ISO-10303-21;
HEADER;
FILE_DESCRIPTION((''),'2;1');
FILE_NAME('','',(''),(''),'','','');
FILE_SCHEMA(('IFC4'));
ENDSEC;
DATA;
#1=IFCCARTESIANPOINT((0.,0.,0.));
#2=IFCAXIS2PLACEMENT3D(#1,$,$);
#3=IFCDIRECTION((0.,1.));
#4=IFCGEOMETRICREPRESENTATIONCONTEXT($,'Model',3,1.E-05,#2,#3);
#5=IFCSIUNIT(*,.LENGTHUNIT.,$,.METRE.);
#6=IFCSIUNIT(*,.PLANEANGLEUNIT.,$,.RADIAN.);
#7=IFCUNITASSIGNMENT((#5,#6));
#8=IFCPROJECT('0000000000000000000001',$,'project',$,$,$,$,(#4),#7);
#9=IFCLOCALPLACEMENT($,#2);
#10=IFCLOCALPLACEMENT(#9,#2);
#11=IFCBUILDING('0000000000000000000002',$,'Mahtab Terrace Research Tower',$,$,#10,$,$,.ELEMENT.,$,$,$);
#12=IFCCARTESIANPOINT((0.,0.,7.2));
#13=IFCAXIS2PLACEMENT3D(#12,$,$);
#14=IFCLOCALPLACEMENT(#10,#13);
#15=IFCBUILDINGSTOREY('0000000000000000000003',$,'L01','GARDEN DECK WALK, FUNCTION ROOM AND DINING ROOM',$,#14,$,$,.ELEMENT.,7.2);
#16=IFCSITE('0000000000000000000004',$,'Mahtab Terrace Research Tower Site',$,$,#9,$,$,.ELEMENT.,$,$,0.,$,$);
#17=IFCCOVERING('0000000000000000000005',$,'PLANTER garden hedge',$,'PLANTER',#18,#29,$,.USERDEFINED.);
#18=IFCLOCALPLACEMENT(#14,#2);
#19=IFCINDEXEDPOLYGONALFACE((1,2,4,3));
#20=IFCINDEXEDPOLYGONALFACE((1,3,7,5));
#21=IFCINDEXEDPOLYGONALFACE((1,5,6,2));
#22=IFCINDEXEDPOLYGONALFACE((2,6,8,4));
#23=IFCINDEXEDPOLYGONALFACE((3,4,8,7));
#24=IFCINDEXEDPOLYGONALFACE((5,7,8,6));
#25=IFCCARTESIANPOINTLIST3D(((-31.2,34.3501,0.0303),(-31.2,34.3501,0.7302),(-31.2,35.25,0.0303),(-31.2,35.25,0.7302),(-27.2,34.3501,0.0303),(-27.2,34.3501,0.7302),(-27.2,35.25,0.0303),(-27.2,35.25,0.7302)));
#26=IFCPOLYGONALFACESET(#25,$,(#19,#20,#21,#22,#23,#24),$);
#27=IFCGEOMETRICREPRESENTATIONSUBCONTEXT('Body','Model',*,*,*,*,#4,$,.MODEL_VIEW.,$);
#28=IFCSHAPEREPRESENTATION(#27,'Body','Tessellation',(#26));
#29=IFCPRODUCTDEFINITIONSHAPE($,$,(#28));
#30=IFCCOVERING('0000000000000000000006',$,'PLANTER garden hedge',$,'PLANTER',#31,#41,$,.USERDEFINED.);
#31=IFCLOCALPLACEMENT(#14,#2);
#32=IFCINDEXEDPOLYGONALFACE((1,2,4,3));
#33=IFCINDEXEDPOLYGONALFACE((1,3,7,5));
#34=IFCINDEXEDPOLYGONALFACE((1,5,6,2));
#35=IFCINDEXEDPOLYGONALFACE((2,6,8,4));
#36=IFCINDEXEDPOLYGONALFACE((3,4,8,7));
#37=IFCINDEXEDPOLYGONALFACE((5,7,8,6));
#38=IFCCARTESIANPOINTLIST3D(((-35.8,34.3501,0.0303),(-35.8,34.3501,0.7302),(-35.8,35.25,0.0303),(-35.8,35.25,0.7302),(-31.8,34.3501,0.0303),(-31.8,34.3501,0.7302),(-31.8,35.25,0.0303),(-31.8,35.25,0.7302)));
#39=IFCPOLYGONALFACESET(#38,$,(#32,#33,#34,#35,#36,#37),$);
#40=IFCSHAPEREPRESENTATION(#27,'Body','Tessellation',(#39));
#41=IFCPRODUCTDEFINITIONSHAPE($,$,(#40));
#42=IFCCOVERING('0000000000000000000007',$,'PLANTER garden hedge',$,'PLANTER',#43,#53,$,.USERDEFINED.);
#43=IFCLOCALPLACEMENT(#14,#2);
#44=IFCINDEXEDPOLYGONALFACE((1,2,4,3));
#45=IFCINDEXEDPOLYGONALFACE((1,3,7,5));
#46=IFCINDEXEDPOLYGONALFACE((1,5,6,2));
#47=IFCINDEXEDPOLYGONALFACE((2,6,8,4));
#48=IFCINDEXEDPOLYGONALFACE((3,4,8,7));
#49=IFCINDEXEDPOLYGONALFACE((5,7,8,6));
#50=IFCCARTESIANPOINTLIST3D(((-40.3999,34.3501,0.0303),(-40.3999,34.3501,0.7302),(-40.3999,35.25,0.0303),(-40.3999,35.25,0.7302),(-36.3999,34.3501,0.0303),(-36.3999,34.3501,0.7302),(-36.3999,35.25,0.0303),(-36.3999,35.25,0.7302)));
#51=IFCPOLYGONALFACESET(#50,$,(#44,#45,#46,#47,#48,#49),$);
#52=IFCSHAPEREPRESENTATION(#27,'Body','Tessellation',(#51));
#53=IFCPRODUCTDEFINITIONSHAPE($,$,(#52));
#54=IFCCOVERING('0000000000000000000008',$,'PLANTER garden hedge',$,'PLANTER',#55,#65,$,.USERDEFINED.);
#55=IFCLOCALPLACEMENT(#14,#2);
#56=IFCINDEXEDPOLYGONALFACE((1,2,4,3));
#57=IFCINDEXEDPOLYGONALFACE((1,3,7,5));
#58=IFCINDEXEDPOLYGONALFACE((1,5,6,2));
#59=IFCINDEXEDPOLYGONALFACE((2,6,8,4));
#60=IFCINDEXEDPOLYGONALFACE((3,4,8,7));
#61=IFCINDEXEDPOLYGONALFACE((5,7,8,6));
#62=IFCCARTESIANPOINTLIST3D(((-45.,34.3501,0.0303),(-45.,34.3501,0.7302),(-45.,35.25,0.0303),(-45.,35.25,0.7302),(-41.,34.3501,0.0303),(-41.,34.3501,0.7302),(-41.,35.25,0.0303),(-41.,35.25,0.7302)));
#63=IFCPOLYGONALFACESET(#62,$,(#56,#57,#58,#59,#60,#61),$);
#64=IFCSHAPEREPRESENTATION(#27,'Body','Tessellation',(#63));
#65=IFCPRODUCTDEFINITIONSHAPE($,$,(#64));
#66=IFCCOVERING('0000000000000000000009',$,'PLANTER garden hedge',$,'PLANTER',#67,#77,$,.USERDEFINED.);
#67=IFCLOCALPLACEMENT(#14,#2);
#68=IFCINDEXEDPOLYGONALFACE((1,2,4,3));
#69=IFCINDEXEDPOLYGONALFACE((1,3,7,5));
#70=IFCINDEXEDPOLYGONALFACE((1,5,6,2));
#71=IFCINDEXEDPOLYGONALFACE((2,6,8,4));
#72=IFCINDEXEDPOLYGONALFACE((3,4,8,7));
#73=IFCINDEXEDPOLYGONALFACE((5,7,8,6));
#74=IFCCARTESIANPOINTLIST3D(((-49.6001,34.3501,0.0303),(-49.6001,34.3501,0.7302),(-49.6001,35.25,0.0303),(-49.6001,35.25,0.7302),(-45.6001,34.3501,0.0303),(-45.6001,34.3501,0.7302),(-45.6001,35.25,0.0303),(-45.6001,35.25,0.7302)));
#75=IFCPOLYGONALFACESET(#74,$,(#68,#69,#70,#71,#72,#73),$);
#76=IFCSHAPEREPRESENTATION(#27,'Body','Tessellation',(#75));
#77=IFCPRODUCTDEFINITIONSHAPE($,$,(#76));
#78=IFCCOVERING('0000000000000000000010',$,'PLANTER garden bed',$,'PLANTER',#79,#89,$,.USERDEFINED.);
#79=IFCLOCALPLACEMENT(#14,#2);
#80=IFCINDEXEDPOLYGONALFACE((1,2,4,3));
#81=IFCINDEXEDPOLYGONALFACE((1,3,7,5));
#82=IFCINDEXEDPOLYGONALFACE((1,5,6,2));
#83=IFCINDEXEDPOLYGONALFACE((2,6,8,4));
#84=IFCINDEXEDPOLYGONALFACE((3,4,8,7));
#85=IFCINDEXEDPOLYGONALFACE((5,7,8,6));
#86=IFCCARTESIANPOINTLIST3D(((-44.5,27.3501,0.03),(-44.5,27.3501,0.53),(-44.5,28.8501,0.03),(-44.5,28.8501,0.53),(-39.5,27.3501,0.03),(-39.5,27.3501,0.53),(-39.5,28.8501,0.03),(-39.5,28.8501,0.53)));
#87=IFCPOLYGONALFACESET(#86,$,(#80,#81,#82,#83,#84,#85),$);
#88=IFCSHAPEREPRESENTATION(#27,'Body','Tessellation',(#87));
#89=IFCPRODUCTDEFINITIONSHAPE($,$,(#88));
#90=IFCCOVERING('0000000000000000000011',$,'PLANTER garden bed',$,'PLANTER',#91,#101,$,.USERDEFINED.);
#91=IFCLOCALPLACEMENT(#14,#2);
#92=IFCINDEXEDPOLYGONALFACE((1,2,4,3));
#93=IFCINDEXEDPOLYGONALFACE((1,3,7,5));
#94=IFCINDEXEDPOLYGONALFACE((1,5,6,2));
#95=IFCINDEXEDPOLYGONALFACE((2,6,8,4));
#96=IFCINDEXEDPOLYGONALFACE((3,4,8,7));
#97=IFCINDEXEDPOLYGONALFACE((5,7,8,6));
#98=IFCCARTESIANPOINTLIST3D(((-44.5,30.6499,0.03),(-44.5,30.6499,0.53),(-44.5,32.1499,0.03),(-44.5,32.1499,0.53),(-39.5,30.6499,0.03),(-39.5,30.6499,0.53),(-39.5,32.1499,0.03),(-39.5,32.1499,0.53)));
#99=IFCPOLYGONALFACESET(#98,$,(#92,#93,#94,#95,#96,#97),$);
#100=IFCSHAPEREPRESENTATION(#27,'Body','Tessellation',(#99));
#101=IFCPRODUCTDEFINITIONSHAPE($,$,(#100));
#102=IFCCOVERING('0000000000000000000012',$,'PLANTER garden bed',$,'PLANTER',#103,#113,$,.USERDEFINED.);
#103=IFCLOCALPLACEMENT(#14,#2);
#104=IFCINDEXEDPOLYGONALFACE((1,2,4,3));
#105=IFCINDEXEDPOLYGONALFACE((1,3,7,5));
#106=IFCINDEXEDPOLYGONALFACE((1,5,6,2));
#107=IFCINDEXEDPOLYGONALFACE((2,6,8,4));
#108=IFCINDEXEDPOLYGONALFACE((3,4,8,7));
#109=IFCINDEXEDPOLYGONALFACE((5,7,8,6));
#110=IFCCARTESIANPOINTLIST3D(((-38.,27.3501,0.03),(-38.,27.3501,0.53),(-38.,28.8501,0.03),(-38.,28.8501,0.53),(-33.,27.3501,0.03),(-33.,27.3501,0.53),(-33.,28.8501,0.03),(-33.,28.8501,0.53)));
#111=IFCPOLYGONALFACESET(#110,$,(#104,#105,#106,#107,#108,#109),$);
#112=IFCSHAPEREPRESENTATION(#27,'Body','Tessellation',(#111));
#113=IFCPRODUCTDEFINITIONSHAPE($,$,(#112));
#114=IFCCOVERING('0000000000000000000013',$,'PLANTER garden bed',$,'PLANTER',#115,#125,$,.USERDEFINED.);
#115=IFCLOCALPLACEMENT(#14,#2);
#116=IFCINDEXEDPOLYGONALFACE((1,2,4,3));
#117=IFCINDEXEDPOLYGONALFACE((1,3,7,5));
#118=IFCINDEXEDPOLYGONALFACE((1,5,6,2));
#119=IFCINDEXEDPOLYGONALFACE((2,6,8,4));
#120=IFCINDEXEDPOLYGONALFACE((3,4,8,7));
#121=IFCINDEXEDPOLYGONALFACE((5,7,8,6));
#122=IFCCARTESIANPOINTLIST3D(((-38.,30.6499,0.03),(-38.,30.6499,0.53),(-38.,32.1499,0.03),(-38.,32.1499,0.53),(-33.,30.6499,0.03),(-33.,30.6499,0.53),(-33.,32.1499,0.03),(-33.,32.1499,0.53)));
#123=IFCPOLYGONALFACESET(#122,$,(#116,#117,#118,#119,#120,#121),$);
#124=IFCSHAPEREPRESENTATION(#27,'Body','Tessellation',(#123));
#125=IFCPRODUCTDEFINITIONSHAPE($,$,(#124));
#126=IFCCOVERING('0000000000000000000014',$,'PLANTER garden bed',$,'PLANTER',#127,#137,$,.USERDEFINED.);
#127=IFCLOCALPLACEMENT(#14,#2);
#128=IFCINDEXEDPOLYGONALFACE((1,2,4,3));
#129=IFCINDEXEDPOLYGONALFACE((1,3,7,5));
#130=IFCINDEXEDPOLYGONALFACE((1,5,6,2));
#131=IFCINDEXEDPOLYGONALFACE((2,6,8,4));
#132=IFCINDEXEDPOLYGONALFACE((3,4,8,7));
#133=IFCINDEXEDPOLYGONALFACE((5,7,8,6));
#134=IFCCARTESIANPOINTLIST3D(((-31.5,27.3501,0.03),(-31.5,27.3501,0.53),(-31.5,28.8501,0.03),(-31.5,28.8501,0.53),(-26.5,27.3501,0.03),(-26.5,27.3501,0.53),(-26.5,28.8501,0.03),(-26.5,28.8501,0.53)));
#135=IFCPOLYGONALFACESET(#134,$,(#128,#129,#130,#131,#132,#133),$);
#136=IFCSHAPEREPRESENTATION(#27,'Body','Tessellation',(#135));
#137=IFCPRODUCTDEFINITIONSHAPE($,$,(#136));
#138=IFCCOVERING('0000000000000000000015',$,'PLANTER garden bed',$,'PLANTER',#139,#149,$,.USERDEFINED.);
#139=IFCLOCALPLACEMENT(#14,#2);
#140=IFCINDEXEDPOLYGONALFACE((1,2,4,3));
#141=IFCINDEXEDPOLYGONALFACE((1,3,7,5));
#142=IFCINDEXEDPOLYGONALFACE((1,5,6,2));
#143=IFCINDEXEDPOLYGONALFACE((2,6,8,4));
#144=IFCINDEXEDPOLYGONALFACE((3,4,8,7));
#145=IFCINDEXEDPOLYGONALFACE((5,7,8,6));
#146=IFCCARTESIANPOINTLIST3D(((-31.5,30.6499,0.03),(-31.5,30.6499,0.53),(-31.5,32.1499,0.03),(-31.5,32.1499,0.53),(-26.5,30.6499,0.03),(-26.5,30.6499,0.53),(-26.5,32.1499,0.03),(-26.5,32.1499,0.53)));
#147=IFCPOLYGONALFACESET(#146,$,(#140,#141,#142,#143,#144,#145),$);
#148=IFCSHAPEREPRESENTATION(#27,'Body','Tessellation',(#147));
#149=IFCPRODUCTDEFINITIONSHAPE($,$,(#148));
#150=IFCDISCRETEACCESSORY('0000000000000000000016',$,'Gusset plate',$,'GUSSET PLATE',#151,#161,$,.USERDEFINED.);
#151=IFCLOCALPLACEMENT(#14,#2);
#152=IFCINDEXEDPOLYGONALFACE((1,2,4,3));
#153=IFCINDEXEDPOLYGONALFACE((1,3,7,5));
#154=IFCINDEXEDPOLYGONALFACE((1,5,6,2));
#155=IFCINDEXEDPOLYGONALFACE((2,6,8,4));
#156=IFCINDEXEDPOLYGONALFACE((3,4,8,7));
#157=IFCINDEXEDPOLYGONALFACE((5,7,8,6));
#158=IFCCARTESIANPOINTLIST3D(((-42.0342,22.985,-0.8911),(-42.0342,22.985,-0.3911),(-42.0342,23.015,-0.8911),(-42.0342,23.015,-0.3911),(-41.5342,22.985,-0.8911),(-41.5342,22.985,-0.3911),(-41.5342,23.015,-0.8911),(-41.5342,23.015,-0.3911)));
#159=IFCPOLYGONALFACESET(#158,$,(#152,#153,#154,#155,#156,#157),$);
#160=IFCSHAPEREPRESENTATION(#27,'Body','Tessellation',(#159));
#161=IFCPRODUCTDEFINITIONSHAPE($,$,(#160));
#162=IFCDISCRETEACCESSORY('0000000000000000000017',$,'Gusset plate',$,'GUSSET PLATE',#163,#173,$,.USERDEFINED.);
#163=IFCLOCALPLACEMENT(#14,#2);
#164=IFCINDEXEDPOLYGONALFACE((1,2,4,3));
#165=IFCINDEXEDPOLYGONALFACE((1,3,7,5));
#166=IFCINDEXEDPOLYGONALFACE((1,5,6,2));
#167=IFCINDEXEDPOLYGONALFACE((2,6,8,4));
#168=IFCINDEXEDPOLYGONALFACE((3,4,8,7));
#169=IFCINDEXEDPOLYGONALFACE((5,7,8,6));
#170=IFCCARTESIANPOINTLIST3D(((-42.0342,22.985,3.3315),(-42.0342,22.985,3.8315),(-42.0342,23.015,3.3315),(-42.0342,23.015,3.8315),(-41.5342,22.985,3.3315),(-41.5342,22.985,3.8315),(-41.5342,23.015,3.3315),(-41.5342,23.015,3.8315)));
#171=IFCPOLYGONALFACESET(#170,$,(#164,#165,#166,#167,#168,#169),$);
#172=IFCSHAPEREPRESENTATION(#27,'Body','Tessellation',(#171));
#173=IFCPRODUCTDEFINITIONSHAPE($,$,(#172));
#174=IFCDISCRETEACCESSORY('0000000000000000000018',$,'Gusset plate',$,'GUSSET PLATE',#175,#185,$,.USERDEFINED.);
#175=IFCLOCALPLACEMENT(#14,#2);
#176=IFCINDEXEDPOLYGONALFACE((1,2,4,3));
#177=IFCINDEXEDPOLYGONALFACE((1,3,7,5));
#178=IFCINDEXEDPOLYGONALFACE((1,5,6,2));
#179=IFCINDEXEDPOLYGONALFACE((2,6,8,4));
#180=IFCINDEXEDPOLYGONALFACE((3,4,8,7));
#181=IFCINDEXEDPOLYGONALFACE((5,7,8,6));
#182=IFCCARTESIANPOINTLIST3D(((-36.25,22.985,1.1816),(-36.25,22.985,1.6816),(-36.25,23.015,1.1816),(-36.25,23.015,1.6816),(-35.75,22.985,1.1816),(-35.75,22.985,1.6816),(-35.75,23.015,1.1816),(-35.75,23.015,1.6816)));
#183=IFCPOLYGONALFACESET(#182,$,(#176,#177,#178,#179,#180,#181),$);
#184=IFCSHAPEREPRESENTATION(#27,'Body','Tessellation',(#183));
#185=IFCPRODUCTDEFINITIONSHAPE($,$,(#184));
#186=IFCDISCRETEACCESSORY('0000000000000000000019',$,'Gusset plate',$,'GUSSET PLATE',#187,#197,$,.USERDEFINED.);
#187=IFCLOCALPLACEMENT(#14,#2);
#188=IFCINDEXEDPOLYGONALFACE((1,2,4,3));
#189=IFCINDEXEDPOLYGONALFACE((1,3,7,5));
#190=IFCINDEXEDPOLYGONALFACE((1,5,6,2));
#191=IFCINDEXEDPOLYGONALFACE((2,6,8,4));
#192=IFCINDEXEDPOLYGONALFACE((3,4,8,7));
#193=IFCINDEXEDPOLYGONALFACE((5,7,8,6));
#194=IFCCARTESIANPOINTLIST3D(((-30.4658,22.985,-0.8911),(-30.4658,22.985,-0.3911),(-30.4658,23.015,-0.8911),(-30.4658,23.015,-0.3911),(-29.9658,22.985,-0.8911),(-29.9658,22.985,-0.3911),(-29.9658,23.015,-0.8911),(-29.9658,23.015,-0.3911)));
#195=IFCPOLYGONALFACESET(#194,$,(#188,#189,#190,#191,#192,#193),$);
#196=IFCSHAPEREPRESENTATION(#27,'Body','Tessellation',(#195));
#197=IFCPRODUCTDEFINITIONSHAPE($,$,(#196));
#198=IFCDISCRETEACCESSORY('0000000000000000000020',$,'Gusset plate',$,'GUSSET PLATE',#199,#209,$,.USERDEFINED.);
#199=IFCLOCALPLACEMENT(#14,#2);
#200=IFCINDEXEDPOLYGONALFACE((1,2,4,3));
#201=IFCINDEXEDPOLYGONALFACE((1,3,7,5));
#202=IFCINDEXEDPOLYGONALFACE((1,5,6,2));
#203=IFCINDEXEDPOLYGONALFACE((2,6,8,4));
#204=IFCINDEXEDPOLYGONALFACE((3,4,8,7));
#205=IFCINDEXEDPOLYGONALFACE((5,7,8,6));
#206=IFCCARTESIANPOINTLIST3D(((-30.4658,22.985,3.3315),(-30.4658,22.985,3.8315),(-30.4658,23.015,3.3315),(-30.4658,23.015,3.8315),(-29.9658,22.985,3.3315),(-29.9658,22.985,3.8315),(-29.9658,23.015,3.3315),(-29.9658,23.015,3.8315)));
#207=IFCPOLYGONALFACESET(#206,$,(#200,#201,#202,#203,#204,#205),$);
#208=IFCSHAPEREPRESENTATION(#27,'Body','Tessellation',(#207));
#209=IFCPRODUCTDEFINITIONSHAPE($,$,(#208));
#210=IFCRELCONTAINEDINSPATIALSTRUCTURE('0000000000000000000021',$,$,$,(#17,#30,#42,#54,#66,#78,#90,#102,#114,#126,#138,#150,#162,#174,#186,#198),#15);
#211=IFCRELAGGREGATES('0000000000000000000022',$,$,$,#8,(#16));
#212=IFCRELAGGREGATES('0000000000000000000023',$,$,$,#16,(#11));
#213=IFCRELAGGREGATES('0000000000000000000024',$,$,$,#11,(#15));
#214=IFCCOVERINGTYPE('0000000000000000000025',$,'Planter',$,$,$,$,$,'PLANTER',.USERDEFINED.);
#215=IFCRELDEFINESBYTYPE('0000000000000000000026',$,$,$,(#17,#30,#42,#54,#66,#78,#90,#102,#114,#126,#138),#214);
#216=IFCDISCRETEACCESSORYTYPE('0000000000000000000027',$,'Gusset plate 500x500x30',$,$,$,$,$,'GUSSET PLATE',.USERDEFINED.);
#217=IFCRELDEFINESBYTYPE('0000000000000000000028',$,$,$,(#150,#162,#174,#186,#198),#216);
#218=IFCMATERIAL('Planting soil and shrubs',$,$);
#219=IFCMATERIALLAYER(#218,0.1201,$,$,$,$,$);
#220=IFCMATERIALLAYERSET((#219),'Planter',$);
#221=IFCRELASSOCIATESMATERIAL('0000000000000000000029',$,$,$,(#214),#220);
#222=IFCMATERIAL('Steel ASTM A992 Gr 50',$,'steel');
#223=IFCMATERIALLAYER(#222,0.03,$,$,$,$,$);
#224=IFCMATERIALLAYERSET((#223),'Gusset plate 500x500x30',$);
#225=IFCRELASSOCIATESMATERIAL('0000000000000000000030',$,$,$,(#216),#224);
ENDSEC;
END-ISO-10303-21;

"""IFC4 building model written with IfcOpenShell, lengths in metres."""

from ifc_helpers import new_model, si_unit, direction, frame, origin, origin_2d, place, context, subcontext, project, spatial, rectangle, extrude, material, layer, layer_set, type_object, element, save


model = new_model("IFC4")

# Units and contexts
model_context = context("Model", 3, precision=1e-05, world=origin(), true_north=direction((0.0, 1.0)))
body_context = subcontext(model_context, "Body", "Model", "MODEL_VIEW")
ifc_project = project(units=[si_unit("LENGTHUNIT", "METRE"), si_unit("PLANEANGLEUNIT", "RADIAN")], contexts=[model_context])

# Site, building, storey
site_placement = place(None, origin())
site = spatial("IfcSite", under=ifc_project, at=site_placement, Name="Mahtab Terrace Research Tower Site", CompositionType="ELEMENT", RefElevation=0.0)
building_placement = place(site_placement, origin())
building = spatial("IfcBuilding", under=site, at=building_placement, Name="Mahtab Terrace Research Tower", CompositionType="ELEMENT")
storey_placement = place(building_placement, frame((0.0, 0.0, 7.2)))
storey = spatial("IfcBuildingStorey", under=building, at=storey_placement, Name="L01", Description="GARDEN DECK WALK, FUNCTION ROOM AND DINING ROOM", CompositionType="ELEMENT", Elevation=7.2)

# Shared definitions
ifc_material_1 = material(Name="Steel ASTM A992 Gr 50", Category="steel")

# Coverings
ifc_material_2 = material(Name="Planting soil and shrubs")
ifc_layer_1 = layer(ifc_material_2, 0.1201)
ifc_layer_set_1 = layer_set([ifc_layer_1], Name="Planter")
covering_type = type_object("IfcCoveringType", Name="Planter", ElementType="PLANTER", PredefinedType="USERDEFINED", material=ifc_layer_set_1)
for number, where, z_axis, x_axis, name in (
    (1, (-29.2, 34.8, 0.0303), (0.0, 0.0, 1.0), (-1.0, 0.0, 0.0), "PLANTER garden hedge"),
    (2, (-33.8, 34.8, 0.0303), (0.0, 0.0, 1.0), (-1.0, 0.0, 0.0), "PLANTER garden hedge"),
    (3, (-38.3999, 34.8, 0.0303), (0.0, 0.0, 1.0), (-1.0, 0.0, 0.0), "PLANTER garden hedge"),
    (4, (-43.0, 34.8, 0.0303), (0.0, 0.0, 1.0), (-1.0, 0.0, 0.0), "PLANTER garden hedge"),
    (5, (-47.6001, 34.8, 0.0303), (0.0, 0.0, 1.0), (-1.0, 0.0, 0.0), "PLANTER garden hedge"),
):
    element("IfcCovering", number, at=place(storey_placement, frame(where, z_axis=z_axis, x_axis=x_axis)), inside=storey, type_object=covering_type, Name=name, ObjectType="PLANTER", PredefinedType="USERDEFINED", context=body_context, shape_type="SweptSolid", body=[
        extrude(rectangle(XDim=4.0, YDim=0.8999, at=origin_2d()), origin(), (0.0, 0.0, 1.0), 0.7),
    ])
for number, where, z_axis, x_axis, name in (
    (6, (-42.0, 28.1001, 0.03), (0.0, 0.0, 1.0), (1.0, 0.0, 0.0), "PLANTER garden bed"),
    (7, (-42.0, 31.3999, 0.03), (0.0, 0.0, 1.0), (1.0, 0.0, 0.0), "PLANTER garden bed"),
    (8, (-35.5, 28.1001, 0.03), (0.0, 0.0, 1.0), (1.0, 0.0, 0.0), "PLANTER garden bed"),
    (9, (-35.5, 31.3999, 0.03), (0.0, 0.0, 1.0), (1.0, 0.0, 0.0), "PLANTER garden bed"),
    (10, (-29.0, 28.1001, 0.03), (0.0, 0.0, 1.0), (1.0, 0.0, 0.0), "PLANTER garden bed"),
    (11, (-29.0, 31.3999, 0.03), (0.0, 0.0, 1.0), (1.0, 0.0, 0.0), "PLANTER garden bed"),
):
    element("IfcCovering", number, at=place(storey_placement, frame(where, z_axis=z_axis, x_axis=x_axis)), inside=storey, type_object=covering_type, Name=name, ObjectType="PLANTER", PredefinedType="USERDEFINED", context=body_context, shape_type="SweptSolid", body=[
        extrude(rectangle(XDim=5.0, YDim=1.5, at=origin_2d()), origin(), (0.0, 0.0, 1.0), 0.5),
    ])

# Discrete accessories
ifc_layer_2 = layer(ifc_material_1, 0.03)
ifc_layer_set_2 = layer_set([ifc_layer_2], Name="Gusset plate 500x500x30")
discrete_accessory_type = type_object("IfcDiscreteAccessoryType", Name="Gusset plate 500x500x30", ElementType="GUSSET PLATE", PredefinedType="USERDEFINED", material=ifc_layer_set_2)
for number, where, z_axis, x_axis, name in (
    (12, (-41.7842, 23.0, -0.8911), (0.0, 0.0, 1.0), (1.0, 0.0, 0.0), "Gusset plate"),
    (13, (-41.7842, 23.0, 3.3315), (0.0, 0.0, 1.0), (1.0, 0.0, 0.0), "Gusset plate"),
    (14, (-36.0, 23.0, 1.1816), (0.0, 0.0, 1.0), (1.0, 0.0, 0.0), "Gusset plate"),
    (15, (-30.2158, 23.0, -0.8911), (0.0, 0.0, 1.0), (1.0, 0.0, 0.0), "Gusset plate"),
    (16, (-30.2158, 23.0, 3.3315), (0.0, 0.0, 1.0), (1.0, 0.0, 0.0), "Gusset plate"),
):
    element("IfcDiscreteAccessory", number, at=place(storey_placement, frame(where, z_axis=z_axis, x_axis=x_axis)), inside=storey, type_object=discrete_accessory_type, Name=name, ObjectType="GUSSET PLATE", PredefinedType="USERDEFINED", context=body_context, shape_type="SweptSolid", body=[
        extrude(rectangle(XDim=0.5, YDim=0.03, at=origin_2d()), origin(), (0.0, 0.0, 1.0), 0.5),
    ])

save(model, "model.ifc")
